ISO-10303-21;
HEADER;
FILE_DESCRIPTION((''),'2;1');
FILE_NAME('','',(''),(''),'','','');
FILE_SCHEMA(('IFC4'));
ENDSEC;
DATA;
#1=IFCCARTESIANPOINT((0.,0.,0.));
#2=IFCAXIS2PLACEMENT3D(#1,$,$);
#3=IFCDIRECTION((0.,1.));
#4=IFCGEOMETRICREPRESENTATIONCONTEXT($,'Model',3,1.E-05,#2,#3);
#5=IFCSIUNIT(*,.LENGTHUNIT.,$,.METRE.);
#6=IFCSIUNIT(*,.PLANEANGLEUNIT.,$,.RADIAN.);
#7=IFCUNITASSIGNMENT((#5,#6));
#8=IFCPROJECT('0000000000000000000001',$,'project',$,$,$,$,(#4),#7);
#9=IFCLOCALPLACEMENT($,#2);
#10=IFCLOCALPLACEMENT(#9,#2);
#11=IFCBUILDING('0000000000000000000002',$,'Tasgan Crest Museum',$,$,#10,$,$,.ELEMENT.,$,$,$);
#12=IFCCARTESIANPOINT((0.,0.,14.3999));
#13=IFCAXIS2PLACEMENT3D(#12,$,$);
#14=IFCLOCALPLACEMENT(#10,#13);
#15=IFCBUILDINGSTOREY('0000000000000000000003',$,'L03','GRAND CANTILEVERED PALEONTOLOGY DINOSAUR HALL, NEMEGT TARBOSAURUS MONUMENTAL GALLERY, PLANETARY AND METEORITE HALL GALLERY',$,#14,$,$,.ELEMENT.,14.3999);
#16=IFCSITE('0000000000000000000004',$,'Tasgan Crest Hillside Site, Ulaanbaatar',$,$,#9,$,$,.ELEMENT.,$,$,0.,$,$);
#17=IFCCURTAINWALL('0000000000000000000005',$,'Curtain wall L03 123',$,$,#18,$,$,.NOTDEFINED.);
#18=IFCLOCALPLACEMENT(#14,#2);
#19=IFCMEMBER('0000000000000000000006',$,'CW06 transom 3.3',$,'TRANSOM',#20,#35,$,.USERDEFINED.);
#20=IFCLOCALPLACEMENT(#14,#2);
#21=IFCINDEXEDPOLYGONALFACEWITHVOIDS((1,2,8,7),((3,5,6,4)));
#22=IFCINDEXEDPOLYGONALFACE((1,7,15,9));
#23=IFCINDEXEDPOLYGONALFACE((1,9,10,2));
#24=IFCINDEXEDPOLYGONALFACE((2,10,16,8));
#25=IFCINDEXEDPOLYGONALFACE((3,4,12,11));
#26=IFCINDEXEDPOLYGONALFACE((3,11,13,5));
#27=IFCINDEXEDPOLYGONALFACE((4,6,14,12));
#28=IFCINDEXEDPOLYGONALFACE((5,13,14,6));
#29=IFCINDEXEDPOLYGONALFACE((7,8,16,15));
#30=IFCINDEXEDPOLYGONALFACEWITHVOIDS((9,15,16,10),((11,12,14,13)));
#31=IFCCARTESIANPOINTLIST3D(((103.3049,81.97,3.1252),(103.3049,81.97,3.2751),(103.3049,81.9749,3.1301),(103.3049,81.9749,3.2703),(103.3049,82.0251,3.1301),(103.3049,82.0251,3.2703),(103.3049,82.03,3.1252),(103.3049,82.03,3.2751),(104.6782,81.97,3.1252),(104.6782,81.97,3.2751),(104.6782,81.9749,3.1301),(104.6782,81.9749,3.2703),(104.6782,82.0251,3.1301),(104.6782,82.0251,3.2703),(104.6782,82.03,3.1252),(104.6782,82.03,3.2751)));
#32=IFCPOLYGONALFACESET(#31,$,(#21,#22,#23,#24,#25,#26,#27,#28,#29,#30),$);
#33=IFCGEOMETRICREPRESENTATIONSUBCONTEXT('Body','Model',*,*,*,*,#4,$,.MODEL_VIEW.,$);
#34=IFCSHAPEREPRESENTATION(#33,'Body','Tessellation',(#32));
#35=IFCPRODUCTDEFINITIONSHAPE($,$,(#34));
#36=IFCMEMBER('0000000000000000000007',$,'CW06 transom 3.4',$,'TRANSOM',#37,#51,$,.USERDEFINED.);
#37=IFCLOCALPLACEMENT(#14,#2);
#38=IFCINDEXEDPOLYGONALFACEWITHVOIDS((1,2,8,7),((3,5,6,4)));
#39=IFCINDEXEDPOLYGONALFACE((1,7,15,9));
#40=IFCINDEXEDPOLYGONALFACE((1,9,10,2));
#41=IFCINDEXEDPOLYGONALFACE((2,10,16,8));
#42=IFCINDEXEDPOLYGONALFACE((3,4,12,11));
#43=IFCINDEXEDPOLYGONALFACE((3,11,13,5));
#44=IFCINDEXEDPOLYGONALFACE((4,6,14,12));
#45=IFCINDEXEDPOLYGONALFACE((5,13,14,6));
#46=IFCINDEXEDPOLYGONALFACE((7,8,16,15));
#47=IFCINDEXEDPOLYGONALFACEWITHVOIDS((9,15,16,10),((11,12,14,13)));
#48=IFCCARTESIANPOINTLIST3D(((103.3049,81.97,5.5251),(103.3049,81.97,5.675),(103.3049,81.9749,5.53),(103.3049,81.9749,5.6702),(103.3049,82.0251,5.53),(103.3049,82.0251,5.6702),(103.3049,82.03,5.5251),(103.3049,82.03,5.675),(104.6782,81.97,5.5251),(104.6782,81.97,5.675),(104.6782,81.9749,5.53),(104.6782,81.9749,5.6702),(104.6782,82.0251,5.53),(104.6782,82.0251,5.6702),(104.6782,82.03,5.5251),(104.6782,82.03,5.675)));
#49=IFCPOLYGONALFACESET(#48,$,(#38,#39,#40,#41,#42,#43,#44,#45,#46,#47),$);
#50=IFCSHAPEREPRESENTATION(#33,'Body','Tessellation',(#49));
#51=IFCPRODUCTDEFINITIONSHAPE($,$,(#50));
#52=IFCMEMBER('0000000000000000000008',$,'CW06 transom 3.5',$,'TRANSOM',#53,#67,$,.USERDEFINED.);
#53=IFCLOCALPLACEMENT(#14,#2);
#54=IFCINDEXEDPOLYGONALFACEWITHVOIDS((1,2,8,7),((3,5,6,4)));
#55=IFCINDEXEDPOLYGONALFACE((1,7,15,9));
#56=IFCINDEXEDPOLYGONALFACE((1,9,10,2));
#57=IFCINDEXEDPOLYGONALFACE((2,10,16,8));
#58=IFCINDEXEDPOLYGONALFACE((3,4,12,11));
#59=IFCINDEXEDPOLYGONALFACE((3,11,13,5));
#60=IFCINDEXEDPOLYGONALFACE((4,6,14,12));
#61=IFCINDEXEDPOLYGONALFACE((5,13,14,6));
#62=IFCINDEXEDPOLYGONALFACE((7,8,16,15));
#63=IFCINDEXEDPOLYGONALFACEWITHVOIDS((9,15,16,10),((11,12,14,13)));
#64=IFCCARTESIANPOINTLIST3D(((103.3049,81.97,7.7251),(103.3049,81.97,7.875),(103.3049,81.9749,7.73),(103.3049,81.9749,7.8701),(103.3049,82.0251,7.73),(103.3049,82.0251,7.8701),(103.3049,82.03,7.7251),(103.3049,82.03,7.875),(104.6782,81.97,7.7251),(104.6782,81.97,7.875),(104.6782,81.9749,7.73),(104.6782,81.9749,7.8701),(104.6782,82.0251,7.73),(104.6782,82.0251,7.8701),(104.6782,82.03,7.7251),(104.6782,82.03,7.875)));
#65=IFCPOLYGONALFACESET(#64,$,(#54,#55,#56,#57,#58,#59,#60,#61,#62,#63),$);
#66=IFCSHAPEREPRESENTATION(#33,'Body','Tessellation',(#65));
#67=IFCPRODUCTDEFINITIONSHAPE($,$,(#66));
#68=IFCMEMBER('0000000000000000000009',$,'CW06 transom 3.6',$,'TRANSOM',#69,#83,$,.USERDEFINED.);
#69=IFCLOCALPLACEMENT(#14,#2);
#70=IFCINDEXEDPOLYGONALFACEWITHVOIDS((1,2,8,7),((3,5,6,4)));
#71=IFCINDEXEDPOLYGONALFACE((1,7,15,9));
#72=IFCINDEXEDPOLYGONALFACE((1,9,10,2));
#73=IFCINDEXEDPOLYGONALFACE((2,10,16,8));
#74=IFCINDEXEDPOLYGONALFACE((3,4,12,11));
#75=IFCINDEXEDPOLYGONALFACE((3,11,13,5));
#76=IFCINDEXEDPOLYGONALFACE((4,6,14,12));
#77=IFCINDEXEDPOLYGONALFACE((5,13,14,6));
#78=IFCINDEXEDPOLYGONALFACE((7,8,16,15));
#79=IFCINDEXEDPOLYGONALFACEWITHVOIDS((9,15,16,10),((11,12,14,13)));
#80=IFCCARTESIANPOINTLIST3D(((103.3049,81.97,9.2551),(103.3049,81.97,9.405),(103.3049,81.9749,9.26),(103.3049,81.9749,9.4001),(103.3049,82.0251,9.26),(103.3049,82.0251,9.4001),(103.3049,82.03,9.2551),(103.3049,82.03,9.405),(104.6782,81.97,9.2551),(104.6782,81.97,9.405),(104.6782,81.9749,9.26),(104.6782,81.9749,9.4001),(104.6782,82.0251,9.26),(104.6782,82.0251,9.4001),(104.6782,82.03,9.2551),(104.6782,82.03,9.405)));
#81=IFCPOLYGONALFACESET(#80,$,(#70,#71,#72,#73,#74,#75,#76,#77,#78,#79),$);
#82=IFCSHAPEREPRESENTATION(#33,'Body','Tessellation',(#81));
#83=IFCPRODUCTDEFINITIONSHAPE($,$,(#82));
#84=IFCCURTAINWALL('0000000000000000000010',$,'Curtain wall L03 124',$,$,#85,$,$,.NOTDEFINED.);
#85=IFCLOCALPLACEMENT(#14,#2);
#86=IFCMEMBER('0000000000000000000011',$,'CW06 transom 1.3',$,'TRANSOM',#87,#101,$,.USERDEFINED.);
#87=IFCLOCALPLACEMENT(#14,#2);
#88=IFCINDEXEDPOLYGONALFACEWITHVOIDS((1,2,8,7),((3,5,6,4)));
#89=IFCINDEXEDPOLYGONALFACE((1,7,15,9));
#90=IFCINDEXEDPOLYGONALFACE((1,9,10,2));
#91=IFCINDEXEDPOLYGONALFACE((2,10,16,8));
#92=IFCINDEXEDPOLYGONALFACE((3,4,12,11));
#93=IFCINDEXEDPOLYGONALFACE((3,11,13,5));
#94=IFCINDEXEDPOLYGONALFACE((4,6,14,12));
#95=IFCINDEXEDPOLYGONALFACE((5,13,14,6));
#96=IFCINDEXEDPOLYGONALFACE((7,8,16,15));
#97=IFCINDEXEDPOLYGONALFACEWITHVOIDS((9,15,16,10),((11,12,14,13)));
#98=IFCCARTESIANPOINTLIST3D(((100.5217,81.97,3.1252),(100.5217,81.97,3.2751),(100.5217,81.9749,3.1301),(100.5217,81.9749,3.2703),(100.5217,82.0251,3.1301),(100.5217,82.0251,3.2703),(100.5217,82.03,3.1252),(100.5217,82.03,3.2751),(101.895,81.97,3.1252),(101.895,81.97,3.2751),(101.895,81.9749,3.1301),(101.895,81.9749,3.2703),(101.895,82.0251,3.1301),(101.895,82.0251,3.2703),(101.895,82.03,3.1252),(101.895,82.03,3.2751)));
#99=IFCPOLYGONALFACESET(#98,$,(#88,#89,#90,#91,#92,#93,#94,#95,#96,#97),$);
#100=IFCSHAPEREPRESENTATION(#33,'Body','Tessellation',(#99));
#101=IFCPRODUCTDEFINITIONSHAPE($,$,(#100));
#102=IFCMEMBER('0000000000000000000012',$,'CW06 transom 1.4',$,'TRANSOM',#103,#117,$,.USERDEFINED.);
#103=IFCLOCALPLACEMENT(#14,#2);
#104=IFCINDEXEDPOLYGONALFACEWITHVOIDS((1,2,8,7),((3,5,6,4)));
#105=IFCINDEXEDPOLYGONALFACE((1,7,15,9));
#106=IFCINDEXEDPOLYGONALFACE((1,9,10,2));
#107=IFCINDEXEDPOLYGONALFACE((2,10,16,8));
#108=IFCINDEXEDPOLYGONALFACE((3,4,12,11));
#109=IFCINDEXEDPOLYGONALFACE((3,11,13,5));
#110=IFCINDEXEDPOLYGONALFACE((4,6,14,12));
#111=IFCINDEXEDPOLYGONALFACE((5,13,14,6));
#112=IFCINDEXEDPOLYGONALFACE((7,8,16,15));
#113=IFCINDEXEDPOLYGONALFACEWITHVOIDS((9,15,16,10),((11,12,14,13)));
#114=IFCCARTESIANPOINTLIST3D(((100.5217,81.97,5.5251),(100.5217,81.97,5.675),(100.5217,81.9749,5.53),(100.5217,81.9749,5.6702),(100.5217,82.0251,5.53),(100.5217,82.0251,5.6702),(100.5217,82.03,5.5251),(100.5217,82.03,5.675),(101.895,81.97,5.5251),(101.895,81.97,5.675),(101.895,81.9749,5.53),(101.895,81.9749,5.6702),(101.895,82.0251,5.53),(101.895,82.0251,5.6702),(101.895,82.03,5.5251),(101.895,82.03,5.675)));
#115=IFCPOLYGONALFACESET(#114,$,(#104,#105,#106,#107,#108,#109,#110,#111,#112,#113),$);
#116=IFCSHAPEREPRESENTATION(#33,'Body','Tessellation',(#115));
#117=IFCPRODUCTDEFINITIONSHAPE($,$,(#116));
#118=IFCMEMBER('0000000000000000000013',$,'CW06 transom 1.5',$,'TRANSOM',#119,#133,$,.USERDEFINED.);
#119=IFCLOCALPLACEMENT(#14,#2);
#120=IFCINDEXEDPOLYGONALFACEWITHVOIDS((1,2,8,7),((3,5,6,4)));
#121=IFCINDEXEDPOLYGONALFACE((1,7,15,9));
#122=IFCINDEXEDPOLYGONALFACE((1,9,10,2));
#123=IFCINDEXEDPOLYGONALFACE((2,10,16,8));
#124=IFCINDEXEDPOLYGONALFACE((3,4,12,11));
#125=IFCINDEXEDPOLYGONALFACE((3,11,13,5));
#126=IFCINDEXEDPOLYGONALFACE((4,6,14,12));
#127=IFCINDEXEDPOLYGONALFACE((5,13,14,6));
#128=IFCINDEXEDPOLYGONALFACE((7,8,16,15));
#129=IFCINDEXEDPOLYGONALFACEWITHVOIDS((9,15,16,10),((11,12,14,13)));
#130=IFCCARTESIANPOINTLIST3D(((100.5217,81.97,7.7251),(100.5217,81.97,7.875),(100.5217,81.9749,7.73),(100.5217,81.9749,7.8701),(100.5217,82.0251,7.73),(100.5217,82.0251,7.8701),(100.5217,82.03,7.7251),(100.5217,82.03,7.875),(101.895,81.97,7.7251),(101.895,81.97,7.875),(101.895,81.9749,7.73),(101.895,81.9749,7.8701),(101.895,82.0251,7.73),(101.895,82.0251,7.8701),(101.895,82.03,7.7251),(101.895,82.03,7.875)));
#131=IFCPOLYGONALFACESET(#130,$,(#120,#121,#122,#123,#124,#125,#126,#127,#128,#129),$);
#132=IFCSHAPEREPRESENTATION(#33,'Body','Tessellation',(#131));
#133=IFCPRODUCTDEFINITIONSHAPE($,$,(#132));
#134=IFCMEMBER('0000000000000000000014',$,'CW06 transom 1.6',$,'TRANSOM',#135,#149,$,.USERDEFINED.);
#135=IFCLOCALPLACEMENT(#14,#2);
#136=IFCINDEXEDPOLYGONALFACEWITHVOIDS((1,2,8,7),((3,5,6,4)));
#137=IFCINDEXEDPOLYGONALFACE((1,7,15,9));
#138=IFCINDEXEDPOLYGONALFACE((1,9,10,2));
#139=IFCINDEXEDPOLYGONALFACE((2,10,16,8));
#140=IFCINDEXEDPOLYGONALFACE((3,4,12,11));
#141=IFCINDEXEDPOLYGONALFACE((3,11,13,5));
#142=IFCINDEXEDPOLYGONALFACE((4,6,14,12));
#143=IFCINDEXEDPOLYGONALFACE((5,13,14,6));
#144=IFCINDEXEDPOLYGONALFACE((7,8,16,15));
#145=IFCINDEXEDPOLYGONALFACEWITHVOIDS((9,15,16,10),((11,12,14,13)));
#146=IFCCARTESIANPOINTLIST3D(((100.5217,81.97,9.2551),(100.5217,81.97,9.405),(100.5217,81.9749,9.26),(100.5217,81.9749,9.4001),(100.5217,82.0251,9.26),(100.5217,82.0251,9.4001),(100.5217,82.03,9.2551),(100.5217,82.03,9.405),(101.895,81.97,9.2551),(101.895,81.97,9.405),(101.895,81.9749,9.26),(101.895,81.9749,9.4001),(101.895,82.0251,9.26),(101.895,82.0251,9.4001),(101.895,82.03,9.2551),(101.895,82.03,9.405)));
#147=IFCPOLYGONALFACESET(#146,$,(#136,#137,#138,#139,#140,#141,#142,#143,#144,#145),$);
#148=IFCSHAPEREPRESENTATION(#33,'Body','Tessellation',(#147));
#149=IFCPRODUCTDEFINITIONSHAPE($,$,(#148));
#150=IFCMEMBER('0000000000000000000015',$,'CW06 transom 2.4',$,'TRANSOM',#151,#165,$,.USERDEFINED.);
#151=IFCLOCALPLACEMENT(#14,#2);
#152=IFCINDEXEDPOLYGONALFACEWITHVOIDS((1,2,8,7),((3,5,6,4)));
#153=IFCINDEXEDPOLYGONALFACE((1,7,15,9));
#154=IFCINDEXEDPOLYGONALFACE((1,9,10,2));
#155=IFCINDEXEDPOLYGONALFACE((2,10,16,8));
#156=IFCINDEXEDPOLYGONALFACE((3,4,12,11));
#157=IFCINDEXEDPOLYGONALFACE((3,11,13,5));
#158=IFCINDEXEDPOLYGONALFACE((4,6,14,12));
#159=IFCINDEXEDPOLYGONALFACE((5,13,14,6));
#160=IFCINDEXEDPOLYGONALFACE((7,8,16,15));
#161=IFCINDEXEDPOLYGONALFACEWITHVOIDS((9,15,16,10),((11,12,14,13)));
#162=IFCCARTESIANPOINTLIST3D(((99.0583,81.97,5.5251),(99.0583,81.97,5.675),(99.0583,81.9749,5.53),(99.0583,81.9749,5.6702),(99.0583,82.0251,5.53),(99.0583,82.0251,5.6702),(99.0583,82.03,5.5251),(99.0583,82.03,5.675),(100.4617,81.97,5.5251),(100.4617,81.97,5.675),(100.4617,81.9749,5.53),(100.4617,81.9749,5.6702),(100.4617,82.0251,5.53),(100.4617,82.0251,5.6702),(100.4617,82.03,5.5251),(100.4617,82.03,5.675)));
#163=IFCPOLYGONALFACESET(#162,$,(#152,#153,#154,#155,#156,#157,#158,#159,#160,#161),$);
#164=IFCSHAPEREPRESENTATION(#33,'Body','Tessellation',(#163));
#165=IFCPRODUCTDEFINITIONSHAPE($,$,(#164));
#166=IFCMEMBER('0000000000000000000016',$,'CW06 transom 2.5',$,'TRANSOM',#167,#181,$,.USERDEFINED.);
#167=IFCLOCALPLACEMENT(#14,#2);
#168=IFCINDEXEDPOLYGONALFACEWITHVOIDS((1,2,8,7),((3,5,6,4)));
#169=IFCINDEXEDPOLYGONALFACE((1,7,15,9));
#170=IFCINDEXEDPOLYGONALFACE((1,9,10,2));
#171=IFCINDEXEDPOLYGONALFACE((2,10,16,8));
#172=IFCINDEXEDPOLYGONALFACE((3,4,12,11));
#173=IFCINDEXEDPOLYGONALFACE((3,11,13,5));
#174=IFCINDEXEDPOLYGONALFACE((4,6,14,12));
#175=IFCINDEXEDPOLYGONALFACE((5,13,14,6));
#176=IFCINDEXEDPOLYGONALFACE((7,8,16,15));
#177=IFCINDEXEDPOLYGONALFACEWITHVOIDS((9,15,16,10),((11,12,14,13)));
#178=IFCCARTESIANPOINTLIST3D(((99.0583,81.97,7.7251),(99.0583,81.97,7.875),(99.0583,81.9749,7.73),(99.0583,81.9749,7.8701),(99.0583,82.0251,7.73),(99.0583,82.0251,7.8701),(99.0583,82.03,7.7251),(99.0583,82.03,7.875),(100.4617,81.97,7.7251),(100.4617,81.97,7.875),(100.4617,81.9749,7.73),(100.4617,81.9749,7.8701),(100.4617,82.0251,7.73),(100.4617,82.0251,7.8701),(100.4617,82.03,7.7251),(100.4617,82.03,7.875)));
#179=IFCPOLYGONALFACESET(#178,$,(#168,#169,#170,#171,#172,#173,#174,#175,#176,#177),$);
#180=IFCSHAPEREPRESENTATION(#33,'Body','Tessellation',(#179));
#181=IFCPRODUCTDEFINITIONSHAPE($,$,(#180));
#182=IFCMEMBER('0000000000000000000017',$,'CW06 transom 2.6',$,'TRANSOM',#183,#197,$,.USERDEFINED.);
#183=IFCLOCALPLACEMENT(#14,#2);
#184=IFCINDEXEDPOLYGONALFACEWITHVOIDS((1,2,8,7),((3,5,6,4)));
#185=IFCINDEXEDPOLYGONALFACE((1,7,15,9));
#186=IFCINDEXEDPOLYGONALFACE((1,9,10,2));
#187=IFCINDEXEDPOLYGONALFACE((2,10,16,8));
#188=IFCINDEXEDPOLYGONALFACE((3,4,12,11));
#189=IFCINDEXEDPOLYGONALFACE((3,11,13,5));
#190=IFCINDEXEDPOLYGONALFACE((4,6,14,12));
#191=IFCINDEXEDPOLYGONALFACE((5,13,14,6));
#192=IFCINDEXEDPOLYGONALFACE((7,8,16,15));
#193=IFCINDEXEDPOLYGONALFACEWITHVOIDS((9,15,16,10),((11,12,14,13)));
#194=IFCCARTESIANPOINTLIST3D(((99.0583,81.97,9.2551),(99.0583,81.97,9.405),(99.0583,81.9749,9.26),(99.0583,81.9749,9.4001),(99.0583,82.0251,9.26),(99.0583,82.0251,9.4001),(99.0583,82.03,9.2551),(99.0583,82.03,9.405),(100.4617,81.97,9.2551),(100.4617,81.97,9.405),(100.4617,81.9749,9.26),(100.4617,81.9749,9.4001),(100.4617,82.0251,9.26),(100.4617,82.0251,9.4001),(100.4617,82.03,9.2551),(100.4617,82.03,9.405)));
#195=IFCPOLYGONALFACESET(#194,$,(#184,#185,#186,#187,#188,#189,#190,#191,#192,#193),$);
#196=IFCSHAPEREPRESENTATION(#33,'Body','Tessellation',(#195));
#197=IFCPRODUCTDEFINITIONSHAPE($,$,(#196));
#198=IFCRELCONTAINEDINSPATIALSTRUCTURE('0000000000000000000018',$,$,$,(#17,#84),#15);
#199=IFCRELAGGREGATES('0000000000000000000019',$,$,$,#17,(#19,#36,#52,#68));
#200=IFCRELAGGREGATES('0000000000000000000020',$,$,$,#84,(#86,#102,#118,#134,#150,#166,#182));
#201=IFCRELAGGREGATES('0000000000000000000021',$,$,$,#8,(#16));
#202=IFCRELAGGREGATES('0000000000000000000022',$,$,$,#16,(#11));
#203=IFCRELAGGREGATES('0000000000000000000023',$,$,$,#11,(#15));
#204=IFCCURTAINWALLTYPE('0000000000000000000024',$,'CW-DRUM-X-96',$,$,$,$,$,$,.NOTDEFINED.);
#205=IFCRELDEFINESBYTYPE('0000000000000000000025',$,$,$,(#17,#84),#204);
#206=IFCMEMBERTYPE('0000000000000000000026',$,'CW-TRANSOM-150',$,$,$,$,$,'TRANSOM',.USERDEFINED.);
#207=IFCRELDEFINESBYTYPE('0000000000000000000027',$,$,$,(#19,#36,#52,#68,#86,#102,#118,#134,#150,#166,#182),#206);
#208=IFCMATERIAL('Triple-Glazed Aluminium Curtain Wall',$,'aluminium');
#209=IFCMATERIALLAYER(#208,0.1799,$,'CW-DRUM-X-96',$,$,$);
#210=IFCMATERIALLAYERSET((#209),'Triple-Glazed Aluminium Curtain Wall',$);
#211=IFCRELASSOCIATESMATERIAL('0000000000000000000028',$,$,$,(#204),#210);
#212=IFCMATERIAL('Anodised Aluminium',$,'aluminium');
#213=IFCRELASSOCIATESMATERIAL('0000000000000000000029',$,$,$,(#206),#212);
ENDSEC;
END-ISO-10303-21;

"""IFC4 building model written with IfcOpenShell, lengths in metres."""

from ifc_helpers import new_model, si_unit, direction, frame, origin, origin_2d, place, context, subcontext, project, spatial, hollow_rectangle, extrude, material, layer, layer_set, material_profile, profile_set, type_object, element, aggregate, save


model = new_model("IFC4")

# Units and contexts
model_context = context("Model", 3, precision=1e-05, world=origin(), true_north=direction((0.0, 1.0)))
body_context = subcontext(model_context, "Body", "Model", "MODEL_VIEW")
ifc_project = project(units=[si_unit("LENGTHUNIT", "METRE"), si_unit("PLANEANGLEUNIT", "RADIAN")], contexts=[model_context])

# Site, building, storey
site_placement = place(None, origin())
site = spatial("IfcSite", under=ifc_project, at=site_placement, Name="Tasgan Crest Hillside Site, Ulaanbaatar", CompositionType="ELEMENT", RefElevation=0.0)
building_placement = place(site_placement, origin())
building = spatial("IfcBuilding", under=site, at=building_placement, Name="Tasgan Crest Museum", CompositionType="ELEMENT")
storey_placement = place(building_placement, frame((0.0, 0.0, 14.3999)))
storey = spatial("IfcBuildingStorey", under=building, at=storey_placement, Name="L03", Description="GRAND CANTILEVERED PALEONTOLOGY DINOSAUR HALL, NEMEGT TARBOSAURUS MONUMENTAL GALLERY, PLANETARY AND METEORITE HALL GALLERY", CompositionType="ELEMENT", Elevation=14.3999)

# Curtain walls, members
ifc_material_1 = material(Name="Triple-Glazed Aluminium Curtain Wall", Category="aluminium")
ifc_layer_1 = layer(ifc_material_1, 0.1799, Name="CW-DRUM-X-96")
ifc_layer_set_1 = layer_set([ifc_layer_1], Name="Triple-Glazed Aluminium Curtain Wall")
curtain_wall_type = type_object("IfcCurtainWallType", Name="CW-DRUM-X-96", PredefinedType="NOTDEFINED", material=ifc_layer_set_1)
curtain_wall_1_placement = place(storey_placement, origin())
curtain_wall_1 = element("IfcCurtainWall", 1, at=curtain_wall_1_placement, inside=storey, type_object=curtain_wall_type, Name="Curtain wall L03 123", PredefinedType="NOTDEFINED")
ifc_material_2 = material(Name="Anodised Aluminium", Category="aluminium")
ifc_material_profile = material_profile(ifc_material_2, hollow_rectangle(XDim=0.0601, YDim=0.1499, WallThickness=0.0049, at=origin_2d()), Name="ALU TRANSOM 150x60x5")
ifc_profile_set = profile_set([ifc_material_profile], Name="Anodised Aluminium")
member_type = type_object("IfcMemberType", Name="CW-TRANSOM-150", ElementType="TRANSOM", PredefinedType="USERDEFINED", material=ifc_profile_set)
member_1_placement = place(storey_placement, frame((104.6782, 82.0, 3.2002), z_axis=(-1.0, 0.0, 0.0), x_axis=(0.0, -1.0, 0.0)))
member_1 = element("IfcMember", 2, at=member_1_placement, type_object=member_type, Name="CW06 transom 3.3", ObjectType="TRANSOM", PredefinedType="USERDEFINED", context=body_context, shape_type="SweptSolid", body=[
    extrude(hollow_rectangle(XDim=0.0601, YDim=0.1499, WallThickness=0.0049, at=origin_2d()), origin(), (0.0, 0.0, 1.0), 1.3733),
])
member_2_placement = place(storey_placement, frame((104.6782, 82.0, 5.6001), z_axis=(-1.0, 0.0, 0.0), x_axis=(0.0, -1.0, 0.0)))
member_2 = element("IfcMember", 3, at=member_2_placement, type_object=member_type, Name="CW06 transom 3.4", ObjectType="TRANSOM", PredefinedType="USERDEFINED", context=body_context, shape_type="SweptSolid", body=[
    extrude(hollow_rectangle(XDim=0.0601, YDim=0.1499, WallThickness=0.0049, at=origin_2d()), origin(), (0.0, 0.0, 1.0), 1.3733),
])
member_3_placement = place(storey_placement, frame((104.6782, 82.0, 7.8), z_axis=(-1.0, 0.0, 0.0), x_axis=(0.0, -1.0, 0.0)))
member_3 = element("IfcMember", 4, at=member_3_placement, type_object=member_type, Name="CW06 transom 3.5", ObjectType="TRANSOM", PredefinedType="USERDEFINED", context=body_context, shape_type="SweptSolid", body=[
    extrude(hollow_rectangle(XDim=0.0601, YDim=0.1499, WallThickness=0.0049, at=origin_2d()), origin(), (0.0, 0.0, 1.0), 1.3733),
])
member_4_placement = place(storey_placement, frame((104.6782, 82.0, 9.3301), z_axis=(-1.0, 0.0, 0.0), x_axis=(0.0, -1.0, 0.0)))
member_4 = element("IfcMember", 5, at=member_4_placement, type_object=member_type, Name="CW06 transom 3.6", ObjectType="TRANSOM", PredefinedType="USERDEFINED", context=body_context, shape_type="SweptSolid", body=[
    extrude(hollow_rectangle(XDim=0.0601, YDim=0.1499, WallThickness=0.0049, at=origin_2d()), origin(), (0.0, 0.0, 1.0), 1.3733),
])
curtain_wall_2_placement = place(storey_placement, origin())
curtain_wall_2 = element("IfcCurtainWall", 6, at=curtain_wall_2_placement, inside=storey, type_object=curtain_wall_type, Name="Curtain wall L03 124", PredefinedType="NOTDEFINED")
member_5_placement = place(storey_placement, frame((101.895, 82.0, 3.2002), z_axis=(-1.0, 0.0, 0.0), x_axis=(0.0, -1.0, 0.0)))
member_5 = element("IfcMember", 7, at=member_5_placement, type_object=member_type, Name="CW06 transom 1.3", ObjectType="TRANSOM", PredefinedType="USERDEFINED", context=body_context, shape_type="SweptSolid", body=[
    extrude(hollow_rectangle(XDim=0.0601, YDim=0.1499, WallThickness=0.0049, at=origin_2d()), origin(), (0.0, 0.0, 1.0), 1.3733),
])
member_6_placement = place(storey_placement, frame((101.895, 82.0, 5.6001), z_axis=(-1.0, 0.0, 0.0), x_axis=(0.0, -1.0, 0.0)))
member_6 = element("IfcMember", 8, at=member_6_placement, type_object=member_type, Name="CW06 transom 1.4", ObjectType="TRANSOM", PredefinedType="USERDEFINED", context=body_context, shape_type="SweptSolid", body=[
    extrude(hollow_rectangle(XDim=0.0601, YDim=0.1499, WallThickness=0.0049, at=origin_2d()), origin(), (0.0, 0.0, 1.0), 1.3733),
])
member_7_placement = place(storey_placement, frame((101.895, 82.0, 7.8), z_axis=(-1.0, 0.0, 0.0), x_axis=(0.0, -1.0, 0.0)))
member_7 = element("IfcMember", 9, at=member_7_placement, type_object=member_type, Name="CW06 transom 1.5", ObjectType="TRANSOM", PredefinedType="USERDEFINED", context=body_context, shape_type="SweptSolid", body=[
    extrude(hollow_rectangle(XDim=0.0601, YDim=0.1499, WallThickness=0.0049, at=origin_2d()), origin(), (0.0, 0.0, 1.0), 1.3733),
])
member_8_placement = place(storey_placement, frame((101.895, 82.0, 9.3301), z_axis=(-1.0, 0.0, 0.0), x_axis=(0.0, -1.0, 0.0)))
member_8 = element("IfcMember", 10, at=member_8_placement, type_object=member_type, Name="CW06 transom 1.6", ObjectType="TRANSOM", PredefinedType="USERDEFINED", context=body_context, shape_type="SweptSolid", body=[
    extrude(hollow_rectangle(XDim=0.0601, YDim=0.1499, WallThickness=0.0049, at=origin_2d()), origin(), (0.0, 0.0, 1.0), 1.3733),
])
member_9_placement = place(storey_placement, frame((100.4617, 82.0, 5.6001), z_axis=(-1.0, 0.0, 0.0), x_axis=(0.0, -1.0, 0.0)))
member_9 = element("IfcMember", 11, at=member_9_placement, type_object=member_type, Name="CW06 transom 2.4", ObjectType="TRANSOM", PredefinedType="USERDEFINED", context=body_context, shape_type="SweptSolid", body=[
    extrude(hollow_rectangle(XDim=0.0601, YDim=0.1499, WallThickness=0.0049, at=origin_2d()), origin(), (0.0, 0.0, 1.0), 1.4033),
])
member_10_placement = place(storey_placement, frame((100.4617, 82.0, 7.8), z_axis=(-1.0, 0.0, 0.0), x_axis=(0.0, -1.0, 0.0)))
member_10 = element("IfcMember", 12, at=member_10_placement, type_object=member_type, Name="CW06 transom 2.5", ObjectType="TRANSOM", PredefinedType="USERDEFINED", context=body_context, shape_type="SweptSolid", body=[
    extrude(hollow_rectangle(XDim=0.0601, YDim=0.1499, WallThickness=0.0049, at=origin_2d()), origin(), (0.0, 0.0, 1.0), 1.4033),
])
member_11_placement = place(storey_placement, frame((100.4617, 82.0, 9.3301), z_axis=(-1.0, 0.0, 0.0), x_axis=(0.0, -1.0, 0.0)))
member_11 = element("IfcMember", 13, at=member_11_placement, type_object=member_type, Name="CW06 transom 2.6", ObjectType="TRANSOM", PredefinedType="USERDEFINED", context=body_context, shape_type="SweptSolid", body=[
    extrude(hollow_rectangle(XDim=0.0601, YDim=0.1499, WallThickness=0.0049, at=origin_2d()), origin(), (0.0, 0.0, 1.0), 1.4033),
])

aggregate(curtain_wall_1, [member_1, member_2, member_3, member_4])
aggregate(curtain_wall_2, [member_5, member_6, member_7, member_8, member_9, member_10, member_11])

save(model, "model.ifc")
